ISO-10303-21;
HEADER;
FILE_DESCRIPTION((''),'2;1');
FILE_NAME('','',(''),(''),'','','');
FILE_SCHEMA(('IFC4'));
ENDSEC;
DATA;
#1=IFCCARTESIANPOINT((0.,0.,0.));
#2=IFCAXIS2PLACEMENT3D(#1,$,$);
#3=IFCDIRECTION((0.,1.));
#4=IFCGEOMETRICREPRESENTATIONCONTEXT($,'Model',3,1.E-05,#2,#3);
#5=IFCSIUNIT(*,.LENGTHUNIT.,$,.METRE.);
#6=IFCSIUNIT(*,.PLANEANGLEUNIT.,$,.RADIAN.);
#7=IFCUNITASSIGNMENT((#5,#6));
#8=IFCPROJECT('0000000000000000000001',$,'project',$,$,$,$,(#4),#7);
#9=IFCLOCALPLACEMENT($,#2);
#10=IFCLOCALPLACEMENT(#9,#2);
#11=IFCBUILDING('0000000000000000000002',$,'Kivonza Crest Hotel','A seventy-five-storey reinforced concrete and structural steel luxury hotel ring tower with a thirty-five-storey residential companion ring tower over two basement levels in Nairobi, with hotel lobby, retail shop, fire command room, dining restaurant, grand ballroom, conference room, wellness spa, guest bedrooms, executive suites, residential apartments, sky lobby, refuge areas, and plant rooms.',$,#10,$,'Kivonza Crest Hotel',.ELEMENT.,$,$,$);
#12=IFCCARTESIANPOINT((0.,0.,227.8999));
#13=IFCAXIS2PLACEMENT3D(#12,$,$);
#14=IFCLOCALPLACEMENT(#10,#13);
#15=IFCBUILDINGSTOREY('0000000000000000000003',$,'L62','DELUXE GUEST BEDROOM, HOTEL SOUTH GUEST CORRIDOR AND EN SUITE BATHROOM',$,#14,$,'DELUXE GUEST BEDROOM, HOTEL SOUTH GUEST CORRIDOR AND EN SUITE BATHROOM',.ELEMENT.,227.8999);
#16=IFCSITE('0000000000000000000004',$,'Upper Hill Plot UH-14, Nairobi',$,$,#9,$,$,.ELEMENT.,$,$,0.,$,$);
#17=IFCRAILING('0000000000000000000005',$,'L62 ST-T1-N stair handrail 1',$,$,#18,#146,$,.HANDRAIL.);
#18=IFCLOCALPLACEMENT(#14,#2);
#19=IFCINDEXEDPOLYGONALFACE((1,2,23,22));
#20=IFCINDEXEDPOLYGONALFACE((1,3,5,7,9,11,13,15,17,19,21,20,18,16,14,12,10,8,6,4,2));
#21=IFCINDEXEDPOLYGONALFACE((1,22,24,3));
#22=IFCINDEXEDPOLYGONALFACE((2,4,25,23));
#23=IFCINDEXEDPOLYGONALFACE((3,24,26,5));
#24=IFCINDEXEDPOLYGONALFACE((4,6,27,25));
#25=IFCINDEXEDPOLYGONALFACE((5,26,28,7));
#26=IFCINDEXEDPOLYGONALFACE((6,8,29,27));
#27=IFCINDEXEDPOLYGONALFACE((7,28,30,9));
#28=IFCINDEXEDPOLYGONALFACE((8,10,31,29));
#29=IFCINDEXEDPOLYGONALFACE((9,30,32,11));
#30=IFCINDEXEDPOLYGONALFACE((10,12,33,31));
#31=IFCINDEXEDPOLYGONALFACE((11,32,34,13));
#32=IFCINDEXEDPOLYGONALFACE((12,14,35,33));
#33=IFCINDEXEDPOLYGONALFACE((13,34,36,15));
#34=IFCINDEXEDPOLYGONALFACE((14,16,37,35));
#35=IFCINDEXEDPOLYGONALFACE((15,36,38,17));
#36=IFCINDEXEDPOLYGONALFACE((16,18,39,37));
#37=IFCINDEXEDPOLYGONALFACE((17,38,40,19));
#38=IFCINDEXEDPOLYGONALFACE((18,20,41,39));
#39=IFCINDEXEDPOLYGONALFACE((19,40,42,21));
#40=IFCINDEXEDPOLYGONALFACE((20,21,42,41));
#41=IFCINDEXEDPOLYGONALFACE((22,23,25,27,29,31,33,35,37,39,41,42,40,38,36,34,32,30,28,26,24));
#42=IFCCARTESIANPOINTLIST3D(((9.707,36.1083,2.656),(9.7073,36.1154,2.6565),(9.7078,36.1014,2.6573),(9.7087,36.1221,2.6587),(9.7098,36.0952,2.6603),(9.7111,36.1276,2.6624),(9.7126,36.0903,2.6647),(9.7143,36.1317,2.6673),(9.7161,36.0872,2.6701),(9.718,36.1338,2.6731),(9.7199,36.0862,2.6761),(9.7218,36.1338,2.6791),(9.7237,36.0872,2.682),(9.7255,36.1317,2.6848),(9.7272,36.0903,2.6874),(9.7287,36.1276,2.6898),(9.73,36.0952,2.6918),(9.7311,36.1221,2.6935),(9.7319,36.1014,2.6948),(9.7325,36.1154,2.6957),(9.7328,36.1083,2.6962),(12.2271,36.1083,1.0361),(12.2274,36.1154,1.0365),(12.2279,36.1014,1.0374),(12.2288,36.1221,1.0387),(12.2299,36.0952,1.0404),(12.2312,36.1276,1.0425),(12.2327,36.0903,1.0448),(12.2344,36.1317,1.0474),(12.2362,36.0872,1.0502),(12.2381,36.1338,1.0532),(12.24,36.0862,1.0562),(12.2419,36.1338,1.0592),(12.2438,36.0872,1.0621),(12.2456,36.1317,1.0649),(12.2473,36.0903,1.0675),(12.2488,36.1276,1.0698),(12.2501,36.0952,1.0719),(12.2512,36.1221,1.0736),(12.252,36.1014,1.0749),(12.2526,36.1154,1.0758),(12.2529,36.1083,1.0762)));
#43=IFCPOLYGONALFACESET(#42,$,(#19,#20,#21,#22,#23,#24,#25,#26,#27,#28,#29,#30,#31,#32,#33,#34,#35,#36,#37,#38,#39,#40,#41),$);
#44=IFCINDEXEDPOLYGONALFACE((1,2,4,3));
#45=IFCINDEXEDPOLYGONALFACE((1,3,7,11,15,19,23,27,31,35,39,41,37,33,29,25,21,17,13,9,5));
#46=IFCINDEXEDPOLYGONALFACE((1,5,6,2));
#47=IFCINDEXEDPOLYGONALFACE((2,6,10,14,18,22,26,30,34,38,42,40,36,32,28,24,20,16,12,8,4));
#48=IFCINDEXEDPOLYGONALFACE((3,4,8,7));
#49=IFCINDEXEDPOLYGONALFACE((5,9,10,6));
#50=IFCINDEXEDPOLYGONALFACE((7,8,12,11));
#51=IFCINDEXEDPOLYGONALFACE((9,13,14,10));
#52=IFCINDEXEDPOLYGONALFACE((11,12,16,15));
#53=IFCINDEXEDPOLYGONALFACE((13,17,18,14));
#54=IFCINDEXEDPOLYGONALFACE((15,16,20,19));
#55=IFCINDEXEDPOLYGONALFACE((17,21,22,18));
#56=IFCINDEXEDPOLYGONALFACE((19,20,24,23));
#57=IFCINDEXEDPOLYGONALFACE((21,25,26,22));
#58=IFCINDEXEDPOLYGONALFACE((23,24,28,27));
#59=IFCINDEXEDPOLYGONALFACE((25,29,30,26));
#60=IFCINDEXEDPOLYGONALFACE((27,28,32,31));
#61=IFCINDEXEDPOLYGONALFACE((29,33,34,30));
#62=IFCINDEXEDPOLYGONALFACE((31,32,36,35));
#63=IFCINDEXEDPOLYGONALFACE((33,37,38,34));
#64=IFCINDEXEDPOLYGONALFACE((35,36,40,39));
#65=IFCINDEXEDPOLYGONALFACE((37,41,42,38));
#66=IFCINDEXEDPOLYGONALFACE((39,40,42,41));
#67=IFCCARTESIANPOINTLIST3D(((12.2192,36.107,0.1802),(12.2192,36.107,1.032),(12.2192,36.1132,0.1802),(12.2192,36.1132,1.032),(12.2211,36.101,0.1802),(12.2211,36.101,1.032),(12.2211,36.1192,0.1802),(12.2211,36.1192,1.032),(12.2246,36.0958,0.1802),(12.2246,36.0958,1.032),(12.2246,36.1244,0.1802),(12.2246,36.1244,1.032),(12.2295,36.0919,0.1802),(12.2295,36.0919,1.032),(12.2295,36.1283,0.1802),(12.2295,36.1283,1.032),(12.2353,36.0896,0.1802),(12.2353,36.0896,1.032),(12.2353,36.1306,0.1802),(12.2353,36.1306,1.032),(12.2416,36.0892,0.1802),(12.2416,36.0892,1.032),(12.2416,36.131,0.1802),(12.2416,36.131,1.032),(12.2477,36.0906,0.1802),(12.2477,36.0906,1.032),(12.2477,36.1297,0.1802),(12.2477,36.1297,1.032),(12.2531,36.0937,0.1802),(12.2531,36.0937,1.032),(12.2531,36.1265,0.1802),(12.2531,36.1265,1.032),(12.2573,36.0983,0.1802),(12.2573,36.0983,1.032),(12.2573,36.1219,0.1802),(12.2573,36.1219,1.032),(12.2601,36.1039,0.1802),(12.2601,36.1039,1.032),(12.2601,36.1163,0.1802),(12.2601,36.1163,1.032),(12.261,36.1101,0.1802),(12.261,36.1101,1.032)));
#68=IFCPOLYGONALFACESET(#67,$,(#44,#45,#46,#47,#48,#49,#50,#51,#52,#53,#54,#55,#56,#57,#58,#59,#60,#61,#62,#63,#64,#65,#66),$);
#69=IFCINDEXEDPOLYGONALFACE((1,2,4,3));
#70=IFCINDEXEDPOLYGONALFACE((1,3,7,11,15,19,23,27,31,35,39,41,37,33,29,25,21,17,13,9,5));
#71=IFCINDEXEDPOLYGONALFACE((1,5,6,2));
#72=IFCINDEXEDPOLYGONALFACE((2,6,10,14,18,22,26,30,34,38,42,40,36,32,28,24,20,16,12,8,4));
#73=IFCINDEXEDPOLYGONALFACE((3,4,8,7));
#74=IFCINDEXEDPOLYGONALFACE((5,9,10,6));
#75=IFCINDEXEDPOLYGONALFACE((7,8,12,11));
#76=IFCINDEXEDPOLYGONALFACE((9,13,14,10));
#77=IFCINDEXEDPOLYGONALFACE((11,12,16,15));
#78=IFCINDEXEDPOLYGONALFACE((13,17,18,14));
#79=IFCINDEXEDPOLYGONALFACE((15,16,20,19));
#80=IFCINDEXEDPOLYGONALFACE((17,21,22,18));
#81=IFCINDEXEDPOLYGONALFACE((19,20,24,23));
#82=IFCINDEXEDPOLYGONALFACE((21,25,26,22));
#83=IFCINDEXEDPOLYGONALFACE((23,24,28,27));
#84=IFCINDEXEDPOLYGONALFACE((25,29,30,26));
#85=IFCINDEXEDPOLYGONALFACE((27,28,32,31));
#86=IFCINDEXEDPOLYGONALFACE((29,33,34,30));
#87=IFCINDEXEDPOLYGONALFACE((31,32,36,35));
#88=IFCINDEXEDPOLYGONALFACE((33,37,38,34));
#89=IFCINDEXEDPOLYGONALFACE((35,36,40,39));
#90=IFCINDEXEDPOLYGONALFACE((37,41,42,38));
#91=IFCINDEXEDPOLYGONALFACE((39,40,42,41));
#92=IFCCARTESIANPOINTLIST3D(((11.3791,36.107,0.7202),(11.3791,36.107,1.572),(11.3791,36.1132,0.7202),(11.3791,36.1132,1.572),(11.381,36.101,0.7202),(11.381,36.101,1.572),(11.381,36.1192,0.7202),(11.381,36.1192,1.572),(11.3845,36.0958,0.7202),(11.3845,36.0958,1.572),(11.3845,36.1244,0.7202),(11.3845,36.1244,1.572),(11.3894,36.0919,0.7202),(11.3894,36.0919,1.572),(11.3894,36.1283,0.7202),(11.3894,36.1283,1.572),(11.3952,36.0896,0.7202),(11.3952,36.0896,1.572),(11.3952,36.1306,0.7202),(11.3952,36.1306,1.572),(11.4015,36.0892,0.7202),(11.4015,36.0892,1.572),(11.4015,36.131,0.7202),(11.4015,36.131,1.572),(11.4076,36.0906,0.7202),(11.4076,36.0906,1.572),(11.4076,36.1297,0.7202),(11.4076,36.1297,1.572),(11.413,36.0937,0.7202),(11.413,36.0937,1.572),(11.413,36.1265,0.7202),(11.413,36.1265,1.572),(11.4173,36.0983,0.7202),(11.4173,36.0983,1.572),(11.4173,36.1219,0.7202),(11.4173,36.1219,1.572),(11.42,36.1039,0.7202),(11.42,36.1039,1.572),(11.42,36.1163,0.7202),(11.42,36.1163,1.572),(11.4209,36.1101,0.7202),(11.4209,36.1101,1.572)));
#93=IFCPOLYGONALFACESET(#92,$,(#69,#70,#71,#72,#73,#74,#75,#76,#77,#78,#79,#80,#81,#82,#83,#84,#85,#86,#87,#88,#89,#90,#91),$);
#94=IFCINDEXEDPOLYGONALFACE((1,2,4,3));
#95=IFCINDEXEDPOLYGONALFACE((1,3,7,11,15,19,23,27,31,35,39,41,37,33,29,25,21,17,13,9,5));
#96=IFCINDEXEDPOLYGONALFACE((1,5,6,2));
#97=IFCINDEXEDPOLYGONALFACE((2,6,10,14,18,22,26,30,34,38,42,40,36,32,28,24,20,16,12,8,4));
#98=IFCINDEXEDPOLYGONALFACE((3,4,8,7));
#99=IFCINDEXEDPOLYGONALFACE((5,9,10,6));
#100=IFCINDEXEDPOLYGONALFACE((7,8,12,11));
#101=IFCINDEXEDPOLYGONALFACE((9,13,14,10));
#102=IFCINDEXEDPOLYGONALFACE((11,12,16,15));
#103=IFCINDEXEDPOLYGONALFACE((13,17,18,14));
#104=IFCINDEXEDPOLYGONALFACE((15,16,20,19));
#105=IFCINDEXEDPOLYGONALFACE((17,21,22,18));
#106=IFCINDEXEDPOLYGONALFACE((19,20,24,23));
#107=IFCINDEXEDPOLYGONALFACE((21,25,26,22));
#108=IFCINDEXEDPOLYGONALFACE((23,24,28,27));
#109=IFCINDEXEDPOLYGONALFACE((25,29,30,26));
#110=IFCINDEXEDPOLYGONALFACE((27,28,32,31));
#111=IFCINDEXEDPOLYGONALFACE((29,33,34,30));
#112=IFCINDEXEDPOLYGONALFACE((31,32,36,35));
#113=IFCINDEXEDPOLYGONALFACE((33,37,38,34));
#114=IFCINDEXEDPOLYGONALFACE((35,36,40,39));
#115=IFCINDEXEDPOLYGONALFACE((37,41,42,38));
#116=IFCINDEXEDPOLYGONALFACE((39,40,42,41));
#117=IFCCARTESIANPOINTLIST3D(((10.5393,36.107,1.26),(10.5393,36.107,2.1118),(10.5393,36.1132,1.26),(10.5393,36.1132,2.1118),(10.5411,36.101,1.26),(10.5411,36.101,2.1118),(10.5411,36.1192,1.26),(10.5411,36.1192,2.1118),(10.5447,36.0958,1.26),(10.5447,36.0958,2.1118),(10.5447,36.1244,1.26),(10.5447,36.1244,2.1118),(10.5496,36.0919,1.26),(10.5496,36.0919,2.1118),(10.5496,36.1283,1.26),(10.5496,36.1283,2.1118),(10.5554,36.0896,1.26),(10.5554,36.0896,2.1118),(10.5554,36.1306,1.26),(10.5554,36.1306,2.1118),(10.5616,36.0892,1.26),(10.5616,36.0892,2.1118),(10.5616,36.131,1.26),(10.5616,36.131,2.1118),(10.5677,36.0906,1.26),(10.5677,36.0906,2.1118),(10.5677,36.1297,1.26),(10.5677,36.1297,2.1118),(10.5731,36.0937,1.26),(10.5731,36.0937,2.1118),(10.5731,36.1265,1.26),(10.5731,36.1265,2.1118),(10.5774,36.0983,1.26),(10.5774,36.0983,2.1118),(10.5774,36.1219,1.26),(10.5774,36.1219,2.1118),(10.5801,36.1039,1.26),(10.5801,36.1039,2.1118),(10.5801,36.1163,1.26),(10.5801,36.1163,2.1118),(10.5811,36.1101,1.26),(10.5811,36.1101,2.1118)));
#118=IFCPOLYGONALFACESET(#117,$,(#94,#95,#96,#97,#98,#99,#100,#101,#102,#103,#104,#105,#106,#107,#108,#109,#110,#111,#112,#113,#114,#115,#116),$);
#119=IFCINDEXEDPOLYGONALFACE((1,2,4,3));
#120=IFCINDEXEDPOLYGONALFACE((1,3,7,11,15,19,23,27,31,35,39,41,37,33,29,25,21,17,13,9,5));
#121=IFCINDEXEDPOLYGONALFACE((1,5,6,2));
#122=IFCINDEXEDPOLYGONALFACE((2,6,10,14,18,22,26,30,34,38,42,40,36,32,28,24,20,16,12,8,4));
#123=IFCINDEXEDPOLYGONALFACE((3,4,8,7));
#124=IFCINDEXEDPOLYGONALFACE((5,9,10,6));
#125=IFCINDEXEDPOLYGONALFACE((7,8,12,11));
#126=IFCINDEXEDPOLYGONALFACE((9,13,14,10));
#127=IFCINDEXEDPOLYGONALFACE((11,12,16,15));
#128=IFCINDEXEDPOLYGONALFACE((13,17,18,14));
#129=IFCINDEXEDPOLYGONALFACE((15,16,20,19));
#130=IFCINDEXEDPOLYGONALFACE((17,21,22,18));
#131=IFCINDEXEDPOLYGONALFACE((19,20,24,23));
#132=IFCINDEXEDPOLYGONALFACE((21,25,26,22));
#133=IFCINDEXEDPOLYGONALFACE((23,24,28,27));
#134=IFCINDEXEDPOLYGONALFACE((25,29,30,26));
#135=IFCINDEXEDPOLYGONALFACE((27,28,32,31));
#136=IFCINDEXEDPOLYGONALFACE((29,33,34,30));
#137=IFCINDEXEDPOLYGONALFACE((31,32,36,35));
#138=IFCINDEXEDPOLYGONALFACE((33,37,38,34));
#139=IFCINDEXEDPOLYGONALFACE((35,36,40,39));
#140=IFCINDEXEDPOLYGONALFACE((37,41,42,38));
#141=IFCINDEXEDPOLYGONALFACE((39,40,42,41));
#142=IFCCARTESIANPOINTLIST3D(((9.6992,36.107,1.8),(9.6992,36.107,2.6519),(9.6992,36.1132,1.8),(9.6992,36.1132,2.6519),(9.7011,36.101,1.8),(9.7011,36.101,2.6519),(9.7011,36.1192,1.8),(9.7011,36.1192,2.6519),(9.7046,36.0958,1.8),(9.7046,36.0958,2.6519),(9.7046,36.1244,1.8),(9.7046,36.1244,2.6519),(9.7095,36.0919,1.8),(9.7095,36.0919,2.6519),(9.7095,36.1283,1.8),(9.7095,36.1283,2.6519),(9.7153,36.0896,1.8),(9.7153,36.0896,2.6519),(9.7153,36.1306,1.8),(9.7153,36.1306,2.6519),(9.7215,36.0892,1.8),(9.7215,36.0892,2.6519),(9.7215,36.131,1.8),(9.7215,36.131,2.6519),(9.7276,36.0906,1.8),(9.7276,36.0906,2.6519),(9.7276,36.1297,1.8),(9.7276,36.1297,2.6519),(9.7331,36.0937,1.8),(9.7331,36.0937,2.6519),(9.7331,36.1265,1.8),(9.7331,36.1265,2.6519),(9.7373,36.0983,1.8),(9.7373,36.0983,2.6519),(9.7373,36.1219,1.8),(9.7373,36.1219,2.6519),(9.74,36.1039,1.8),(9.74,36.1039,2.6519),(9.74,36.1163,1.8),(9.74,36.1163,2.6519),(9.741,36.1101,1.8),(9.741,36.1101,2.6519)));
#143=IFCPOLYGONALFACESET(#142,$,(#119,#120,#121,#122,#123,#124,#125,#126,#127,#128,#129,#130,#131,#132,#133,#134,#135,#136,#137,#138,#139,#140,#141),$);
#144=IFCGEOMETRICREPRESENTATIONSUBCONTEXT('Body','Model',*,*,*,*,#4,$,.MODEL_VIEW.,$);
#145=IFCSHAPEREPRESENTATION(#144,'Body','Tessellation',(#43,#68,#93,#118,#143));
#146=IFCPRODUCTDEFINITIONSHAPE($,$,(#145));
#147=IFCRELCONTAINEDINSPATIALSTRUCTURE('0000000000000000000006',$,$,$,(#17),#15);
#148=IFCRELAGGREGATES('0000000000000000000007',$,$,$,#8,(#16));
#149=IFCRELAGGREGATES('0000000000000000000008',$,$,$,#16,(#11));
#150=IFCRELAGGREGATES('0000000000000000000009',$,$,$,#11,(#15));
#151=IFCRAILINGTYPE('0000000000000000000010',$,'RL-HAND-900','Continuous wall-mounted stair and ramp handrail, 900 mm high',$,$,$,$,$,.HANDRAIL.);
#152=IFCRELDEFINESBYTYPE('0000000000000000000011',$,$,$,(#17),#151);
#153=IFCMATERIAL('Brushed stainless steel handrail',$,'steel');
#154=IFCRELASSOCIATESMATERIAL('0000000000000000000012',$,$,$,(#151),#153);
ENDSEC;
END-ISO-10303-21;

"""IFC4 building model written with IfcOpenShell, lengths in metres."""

from ifc_helpers import new_model, si_unit, direction, frame, origin, origin_2d, place, context, subcontext, project, spatial, circle, extrude, material, type_object, element, save


model = new_model("IFC4")

# Units and contexts
model_context = context("Model", 3, precision=1e-05, world=origin(), true_north=direction((0.0, 1.0)))
body_context = subcontext(model_context, "Body", "Model", "MODEL_VIEW")
ifc_project = project(units=[si_unit("LENGTHUNIT", "METRE"), si_unit("PLANEANGLEUNIT", "RADIAN")], contexts=[model_context])

# Site, building, storey
site_placement = place(None, origin())
site = spatial("IfcSite", under=ifc_project, at=site_placement, Name="Upper Hill Plot UH-14, Nairobi", CompositionType="ELEMENT", RefElevation=0.0)
building_placement = place(site_placement, origin())
building = spatial("IfcBuilding", under=site, at=building_placement, Name="Kivonza Crest Hotel", Description="A seventy-five-storey reinforced concrete and structural steel luxury hotel ring tower with a thirty-five-storey residential companion ring tower over two basement levels in Nairobi, with hotel lobby, retail shop, fire command room, dining restaurant, grand ballroom, conference room, wellness spa, guest bedrooms, executive suites, residential apartments, sky lobby, refuge areas, and plant rooms.", LongName="Kivonza Crest Hotel", CompositionType="ELEMENT")
storey_placement = place(building_placement, frame((0.0, 0.0, 227.8999)))
storey = spatial("IfcBuildingStorey", under=building, at=storey_placement, Name="L62", Description="DELUXE GUEST BEDROOM, HOTEL SOUTH GUEST CORRIDOR AND EN SUITE BATHROOM", LongName="DELUXE GUEST BEDROOM, HOTEL SOUTH GUEST CORRIDOR AND EN SUITE BATHROOM", CompositionType="ELEMENT", Elevation=227.8999)

# Railing
ifc_material_1 = material(Name="Brushed stainless steel handrail", Category="steel")
railing_type_1 = type_object("IfcRailingType", Name="RL-HAND-900", Description="Continuous wall-mounted stair and ramp handrail, 900 mm high", PredefinedType="HANDRAIL", material=ifc_material_1)
railing_1_placement = place(storey_placement, frame((12.24, 36.1101, 0.1802)))
element("IfcRailing", 1, at=railing_1_placement, inside=storey, type_object=railing_type_1, Name="L62 ST-T1-N stair handrail 1", PredefinedType="HANDRAIL", context=body_context, shape_type="SweptSolid", body=[
    extrude(circle(Radius=0.0239, at=origin_2d()), frame((0.0, 0.0, 0.876), z_axis=(-0.8412, 0.0, 0.540725), x_axis=(0.0, -1.0, 0.0)), (0.0, 0.0, 1.0), 2.9958),
    extrude(circle(Radius=0.021, at=origin_2d()), origin(), (0.0, 0.0, 1.0), 0.8518),
    extrude(circle(Radius=0.021, at=origin_2d()), frame((-0.8401, 0.0, 0.54)), (0.0, 0.0, 1.0), 0.8518),
    extrude(circle(Radius=0.021, at=origin_2d()), frame((-1.6799, 0.0, 1.0798)), (0.0, 0.0, 1.0), 0.8518),
    extrude(circle(Radius=0.021, at=origin_2d()), frame((-2.52, 0.0, 1.6199)), (0.0, 0.0, 1.0), 0.8518),
])

save(model, "model.ifc")
